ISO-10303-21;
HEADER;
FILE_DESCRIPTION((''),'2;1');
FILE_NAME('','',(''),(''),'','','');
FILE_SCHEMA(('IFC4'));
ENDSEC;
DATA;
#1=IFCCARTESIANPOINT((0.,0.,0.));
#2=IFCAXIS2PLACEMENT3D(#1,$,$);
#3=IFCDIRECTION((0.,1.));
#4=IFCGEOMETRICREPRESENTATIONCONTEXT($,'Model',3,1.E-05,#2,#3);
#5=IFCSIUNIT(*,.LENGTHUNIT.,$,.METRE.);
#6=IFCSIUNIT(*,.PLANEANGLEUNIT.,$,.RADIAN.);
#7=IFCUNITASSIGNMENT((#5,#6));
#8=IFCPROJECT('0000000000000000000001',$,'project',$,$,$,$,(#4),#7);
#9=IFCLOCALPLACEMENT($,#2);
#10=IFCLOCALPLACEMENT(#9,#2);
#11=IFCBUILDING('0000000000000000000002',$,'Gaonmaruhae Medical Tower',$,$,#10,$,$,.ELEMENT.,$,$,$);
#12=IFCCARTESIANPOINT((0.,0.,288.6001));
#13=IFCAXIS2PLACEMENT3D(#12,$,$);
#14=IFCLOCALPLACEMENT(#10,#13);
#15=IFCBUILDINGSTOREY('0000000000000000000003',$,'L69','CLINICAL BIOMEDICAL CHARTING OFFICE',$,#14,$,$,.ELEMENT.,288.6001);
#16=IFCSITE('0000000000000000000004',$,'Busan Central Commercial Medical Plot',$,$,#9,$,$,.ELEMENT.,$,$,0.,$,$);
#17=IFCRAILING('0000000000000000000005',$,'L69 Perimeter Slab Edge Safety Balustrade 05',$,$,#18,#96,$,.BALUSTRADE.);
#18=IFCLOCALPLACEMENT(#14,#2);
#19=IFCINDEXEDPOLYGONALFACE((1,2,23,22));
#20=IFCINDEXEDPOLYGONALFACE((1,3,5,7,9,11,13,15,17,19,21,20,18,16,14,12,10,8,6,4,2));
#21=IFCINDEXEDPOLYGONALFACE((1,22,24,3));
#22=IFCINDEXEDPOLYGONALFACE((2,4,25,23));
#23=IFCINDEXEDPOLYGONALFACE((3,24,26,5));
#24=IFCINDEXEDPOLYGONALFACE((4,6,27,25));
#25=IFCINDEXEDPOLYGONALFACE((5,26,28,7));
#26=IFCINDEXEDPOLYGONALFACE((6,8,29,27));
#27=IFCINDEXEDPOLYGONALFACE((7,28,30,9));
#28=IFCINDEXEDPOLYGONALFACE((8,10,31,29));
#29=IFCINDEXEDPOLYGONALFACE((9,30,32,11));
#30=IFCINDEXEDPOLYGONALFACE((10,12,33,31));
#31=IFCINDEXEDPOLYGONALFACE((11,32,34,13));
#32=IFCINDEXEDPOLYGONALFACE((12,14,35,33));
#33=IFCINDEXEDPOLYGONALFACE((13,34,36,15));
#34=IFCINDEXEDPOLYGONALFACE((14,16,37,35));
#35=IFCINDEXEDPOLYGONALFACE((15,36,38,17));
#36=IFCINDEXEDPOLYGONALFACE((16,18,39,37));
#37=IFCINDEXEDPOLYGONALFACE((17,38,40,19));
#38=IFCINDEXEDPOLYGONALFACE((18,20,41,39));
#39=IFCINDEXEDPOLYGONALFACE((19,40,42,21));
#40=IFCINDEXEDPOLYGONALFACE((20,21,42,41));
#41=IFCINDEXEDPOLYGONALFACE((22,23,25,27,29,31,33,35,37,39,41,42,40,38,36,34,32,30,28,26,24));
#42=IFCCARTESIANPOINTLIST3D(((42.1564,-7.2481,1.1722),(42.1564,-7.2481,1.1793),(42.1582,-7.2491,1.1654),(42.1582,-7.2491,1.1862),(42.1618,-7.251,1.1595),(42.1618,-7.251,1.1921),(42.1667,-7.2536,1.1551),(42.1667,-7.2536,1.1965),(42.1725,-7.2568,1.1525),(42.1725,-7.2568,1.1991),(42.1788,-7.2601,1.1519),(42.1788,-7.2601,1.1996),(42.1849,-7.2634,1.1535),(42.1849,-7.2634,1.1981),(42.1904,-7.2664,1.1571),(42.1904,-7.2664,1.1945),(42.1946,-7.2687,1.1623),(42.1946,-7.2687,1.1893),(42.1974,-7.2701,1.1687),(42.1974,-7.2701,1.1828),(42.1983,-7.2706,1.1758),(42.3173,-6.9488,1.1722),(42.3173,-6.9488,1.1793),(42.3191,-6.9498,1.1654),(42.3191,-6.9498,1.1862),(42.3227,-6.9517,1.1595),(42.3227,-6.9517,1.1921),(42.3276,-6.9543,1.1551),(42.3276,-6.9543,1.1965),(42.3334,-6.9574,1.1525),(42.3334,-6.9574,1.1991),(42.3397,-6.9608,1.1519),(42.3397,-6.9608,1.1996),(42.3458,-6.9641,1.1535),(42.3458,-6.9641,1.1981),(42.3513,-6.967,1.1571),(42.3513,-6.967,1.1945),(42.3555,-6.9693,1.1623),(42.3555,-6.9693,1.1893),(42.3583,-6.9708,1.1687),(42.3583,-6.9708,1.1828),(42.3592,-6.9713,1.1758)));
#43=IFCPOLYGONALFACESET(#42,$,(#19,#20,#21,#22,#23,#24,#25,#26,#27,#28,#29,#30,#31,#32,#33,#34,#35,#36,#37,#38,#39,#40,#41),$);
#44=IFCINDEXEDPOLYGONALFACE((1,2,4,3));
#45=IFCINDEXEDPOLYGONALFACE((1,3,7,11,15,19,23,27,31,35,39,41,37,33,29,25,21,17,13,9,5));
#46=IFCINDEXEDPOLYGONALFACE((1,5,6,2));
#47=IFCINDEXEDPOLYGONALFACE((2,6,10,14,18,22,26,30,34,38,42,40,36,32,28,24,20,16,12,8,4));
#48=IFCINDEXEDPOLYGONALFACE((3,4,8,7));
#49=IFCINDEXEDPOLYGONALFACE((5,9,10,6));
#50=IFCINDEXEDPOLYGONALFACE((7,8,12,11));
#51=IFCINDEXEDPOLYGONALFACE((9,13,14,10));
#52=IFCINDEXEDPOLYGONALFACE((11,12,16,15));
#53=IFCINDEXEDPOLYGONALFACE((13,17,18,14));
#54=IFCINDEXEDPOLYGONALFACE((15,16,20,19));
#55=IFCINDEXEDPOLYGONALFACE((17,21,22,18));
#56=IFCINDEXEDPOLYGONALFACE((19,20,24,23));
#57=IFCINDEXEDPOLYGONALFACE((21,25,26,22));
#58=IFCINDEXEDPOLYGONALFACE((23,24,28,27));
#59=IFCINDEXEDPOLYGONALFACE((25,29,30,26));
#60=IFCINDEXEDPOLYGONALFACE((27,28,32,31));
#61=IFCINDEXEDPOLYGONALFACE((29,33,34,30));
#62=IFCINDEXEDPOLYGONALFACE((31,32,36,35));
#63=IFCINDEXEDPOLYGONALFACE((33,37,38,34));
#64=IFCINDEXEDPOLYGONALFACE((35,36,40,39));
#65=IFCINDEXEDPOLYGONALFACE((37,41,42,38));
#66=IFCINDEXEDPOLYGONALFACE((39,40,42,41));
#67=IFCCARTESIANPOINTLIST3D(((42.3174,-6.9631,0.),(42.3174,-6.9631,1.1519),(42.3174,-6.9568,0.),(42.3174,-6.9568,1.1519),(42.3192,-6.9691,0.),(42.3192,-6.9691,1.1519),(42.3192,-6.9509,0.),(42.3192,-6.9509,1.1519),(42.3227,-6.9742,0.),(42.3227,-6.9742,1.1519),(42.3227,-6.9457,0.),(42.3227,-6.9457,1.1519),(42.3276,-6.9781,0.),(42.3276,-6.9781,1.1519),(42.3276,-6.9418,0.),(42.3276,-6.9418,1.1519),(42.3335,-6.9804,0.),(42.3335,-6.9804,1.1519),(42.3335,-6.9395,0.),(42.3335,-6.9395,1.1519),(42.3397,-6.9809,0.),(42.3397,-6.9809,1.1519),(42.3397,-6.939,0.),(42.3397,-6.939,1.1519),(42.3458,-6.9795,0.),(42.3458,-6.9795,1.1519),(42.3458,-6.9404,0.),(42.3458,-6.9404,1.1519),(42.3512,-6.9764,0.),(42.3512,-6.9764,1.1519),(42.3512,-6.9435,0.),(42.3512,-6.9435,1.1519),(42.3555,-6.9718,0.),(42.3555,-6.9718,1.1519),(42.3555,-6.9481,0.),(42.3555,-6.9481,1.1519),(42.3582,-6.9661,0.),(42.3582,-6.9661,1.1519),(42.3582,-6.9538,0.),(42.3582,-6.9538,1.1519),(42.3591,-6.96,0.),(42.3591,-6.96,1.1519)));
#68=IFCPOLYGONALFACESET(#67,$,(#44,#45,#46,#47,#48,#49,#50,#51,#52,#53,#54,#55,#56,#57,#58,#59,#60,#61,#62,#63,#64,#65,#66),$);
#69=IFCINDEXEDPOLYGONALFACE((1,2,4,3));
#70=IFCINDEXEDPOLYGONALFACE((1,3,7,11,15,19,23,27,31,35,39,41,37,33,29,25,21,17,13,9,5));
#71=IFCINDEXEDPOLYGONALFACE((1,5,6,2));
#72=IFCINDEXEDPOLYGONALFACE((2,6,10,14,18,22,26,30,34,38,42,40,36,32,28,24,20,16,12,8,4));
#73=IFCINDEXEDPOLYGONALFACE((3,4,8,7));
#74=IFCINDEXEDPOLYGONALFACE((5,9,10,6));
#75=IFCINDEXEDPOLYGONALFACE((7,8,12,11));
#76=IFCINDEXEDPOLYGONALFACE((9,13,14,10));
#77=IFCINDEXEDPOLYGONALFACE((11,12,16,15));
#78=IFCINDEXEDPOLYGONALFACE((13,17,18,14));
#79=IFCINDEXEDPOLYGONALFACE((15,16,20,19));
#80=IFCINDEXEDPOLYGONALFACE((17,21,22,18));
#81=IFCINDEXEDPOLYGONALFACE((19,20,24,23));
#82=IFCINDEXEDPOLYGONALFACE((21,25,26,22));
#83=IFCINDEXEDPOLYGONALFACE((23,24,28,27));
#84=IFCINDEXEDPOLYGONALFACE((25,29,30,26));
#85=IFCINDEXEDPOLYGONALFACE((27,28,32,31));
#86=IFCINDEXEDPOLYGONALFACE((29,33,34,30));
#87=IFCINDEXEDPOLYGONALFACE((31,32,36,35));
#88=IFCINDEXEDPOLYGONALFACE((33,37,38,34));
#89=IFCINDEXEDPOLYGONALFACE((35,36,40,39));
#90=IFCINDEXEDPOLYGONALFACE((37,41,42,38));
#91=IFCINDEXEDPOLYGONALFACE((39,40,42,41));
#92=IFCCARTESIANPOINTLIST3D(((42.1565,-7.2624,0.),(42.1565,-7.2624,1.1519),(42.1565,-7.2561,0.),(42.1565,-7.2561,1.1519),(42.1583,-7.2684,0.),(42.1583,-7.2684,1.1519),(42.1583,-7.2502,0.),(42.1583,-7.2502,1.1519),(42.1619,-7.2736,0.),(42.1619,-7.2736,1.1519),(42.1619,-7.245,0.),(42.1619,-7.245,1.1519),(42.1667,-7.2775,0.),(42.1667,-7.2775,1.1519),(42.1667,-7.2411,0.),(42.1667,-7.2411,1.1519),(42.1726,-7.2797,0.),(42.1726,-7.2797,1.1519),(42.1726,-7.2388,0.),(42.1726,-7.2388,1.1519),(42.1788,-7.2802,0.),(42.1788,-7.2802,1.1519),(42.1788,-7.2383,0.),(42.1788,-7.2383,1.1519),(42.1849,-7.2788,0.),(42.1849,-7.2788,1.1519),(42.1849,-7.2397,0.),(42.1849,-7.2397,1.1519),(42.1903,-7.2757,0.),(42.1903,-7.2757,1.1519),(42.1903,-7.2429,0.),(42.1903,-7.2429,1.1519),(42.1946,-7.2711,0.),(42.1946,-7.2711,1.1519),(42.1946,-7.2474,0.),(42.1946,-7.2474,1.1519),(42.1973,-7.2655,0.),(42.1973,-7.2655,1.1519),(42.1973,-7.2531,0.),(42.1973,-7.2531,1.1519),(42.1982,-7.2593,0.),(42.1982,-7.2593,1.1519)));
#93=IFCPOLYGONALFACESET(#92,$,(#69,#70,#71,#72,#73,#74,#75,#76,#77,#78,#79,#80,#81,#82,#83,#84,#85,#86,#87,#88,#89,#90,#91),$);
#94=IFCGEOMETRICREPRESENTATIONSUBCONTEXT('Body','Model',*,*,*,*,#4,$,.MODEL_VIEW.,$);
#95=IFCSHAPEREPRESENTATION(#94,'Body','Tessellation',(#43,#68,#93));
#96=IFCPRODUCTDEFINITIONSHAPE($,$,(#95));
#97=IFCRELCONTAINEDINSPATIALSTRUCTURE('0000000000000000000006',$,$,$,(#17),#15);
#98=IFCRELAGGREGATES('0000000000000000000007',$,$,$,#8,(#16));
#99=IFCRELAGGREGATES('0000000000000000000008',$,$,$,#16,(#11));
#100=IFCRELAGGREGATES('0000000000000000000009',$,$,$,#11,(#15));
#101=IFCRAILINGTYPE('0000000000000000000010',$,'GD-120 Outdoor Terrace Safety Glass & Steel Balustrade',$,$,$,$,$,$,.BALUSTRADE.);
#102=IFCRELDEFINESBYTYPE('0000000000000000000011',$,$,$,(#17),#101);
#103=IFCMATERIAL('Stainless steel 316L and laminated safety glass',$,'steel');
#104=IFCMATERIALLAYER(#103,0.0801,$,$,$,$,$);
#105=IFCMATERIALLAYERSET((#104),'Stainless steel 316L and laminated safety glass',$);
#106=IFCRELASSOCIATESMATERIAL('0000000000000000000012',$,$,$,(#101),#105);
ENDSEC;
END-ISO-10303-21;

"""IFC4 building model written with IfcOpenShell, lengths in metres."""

from ifc_helpers import new_model, si_unit, direction, frame, origin, origin_2d, place, context, subcontext, project, spatial, circle, extrude, material, layer, layer_set, type_object, element, save


model = new_model("IFC4")

# Units and contexts
model_context = context("Model", 3, precision=1e-05, world=origin(), true_north=direction((0.0, 1.0)))
body_context = subcontext(model_context, "Body", "Model", "MODEL_VIEW")
ifc_project = project(units=[si_unit("LENGTHUNIT", "METRE"), si_unit("PLANEANGLEUNIT", "RADIAN")], contexts=[model_context])

# Site, building, storey
site_placement = place(None, origin())
site = spatial("IfcSite", under=ifc_project, at=site_placement, Name="Busan Central Commercial Medical Plot", CompositionType="ELEMENT", RefElevation=0.0)
building_placement = place(site_placement, origin())
building = spatial("IfcBuilding", under=site, at=building_placement, Name="Gaonmaruhae Medical Tower", CompositionType="ELEMENT")
storey_placement = place(building_placement, frame((0.0, 0.0, 288.6001)))
storey = spatial("IfcBuildingStorey", under=building, at=storey_placement, Name="L69", Description="CLINICAL BIOMEDICAL CHARTING OFFICE", CompositionType="ELEMENT", Elevation=288.6001)

# Railing
ifc_material_1 = material(Name="Stainless steel 316L and laminated safety glass", Category="steel")
ifc_layer_1 = layer(ifc_material_1, 0.0801)
ifc_layer_set_1 = layer_set([ifc_layer_1], Name="Stainless steel 316L and laminated safety glass")
railing_type = type_object("IfcRailingType", Name="GD-120 Outdoor Terrace Safety Glass & Steel Balustrade", PredefinedType="BALUSTRADE", material=ifc_layer_set_1)
railing_1_placement = place(storey_placement, frame((42.3381, -6.96, 0.0)))
element("IfcRailing", 1, at=railing_1_placement, inside=storey, type_object=railing_type, Name="L69 Perimeter Slab Edge Safety Balustrade 05", PredefinedType="BALUSTRADE", context=body_context, shape_type="SweptSolid", body=[
    extrude(circle(Radius=0.0239, at=origin_2d()), frame((0.0, 0.0, 1.1758), z_axis=(-0.473457, -0.880817, 0.0), x_axis=(0.880817, -0.473457, 0.0)), (0.0, 0.0, 1.0), 0.3398),
    extrude(circle(Radius=0.021, at=origin_2d()), origin(), (0.0, 0.0, 1.0), 1.1519),
    extrude(circle(Radius=0.021, at=origin_2d()), frame((-0.1609, -0.2993, 0.0)), (0.0, 0.0, 1.0), 1.1519),
])

save(model, "model.ifc")
